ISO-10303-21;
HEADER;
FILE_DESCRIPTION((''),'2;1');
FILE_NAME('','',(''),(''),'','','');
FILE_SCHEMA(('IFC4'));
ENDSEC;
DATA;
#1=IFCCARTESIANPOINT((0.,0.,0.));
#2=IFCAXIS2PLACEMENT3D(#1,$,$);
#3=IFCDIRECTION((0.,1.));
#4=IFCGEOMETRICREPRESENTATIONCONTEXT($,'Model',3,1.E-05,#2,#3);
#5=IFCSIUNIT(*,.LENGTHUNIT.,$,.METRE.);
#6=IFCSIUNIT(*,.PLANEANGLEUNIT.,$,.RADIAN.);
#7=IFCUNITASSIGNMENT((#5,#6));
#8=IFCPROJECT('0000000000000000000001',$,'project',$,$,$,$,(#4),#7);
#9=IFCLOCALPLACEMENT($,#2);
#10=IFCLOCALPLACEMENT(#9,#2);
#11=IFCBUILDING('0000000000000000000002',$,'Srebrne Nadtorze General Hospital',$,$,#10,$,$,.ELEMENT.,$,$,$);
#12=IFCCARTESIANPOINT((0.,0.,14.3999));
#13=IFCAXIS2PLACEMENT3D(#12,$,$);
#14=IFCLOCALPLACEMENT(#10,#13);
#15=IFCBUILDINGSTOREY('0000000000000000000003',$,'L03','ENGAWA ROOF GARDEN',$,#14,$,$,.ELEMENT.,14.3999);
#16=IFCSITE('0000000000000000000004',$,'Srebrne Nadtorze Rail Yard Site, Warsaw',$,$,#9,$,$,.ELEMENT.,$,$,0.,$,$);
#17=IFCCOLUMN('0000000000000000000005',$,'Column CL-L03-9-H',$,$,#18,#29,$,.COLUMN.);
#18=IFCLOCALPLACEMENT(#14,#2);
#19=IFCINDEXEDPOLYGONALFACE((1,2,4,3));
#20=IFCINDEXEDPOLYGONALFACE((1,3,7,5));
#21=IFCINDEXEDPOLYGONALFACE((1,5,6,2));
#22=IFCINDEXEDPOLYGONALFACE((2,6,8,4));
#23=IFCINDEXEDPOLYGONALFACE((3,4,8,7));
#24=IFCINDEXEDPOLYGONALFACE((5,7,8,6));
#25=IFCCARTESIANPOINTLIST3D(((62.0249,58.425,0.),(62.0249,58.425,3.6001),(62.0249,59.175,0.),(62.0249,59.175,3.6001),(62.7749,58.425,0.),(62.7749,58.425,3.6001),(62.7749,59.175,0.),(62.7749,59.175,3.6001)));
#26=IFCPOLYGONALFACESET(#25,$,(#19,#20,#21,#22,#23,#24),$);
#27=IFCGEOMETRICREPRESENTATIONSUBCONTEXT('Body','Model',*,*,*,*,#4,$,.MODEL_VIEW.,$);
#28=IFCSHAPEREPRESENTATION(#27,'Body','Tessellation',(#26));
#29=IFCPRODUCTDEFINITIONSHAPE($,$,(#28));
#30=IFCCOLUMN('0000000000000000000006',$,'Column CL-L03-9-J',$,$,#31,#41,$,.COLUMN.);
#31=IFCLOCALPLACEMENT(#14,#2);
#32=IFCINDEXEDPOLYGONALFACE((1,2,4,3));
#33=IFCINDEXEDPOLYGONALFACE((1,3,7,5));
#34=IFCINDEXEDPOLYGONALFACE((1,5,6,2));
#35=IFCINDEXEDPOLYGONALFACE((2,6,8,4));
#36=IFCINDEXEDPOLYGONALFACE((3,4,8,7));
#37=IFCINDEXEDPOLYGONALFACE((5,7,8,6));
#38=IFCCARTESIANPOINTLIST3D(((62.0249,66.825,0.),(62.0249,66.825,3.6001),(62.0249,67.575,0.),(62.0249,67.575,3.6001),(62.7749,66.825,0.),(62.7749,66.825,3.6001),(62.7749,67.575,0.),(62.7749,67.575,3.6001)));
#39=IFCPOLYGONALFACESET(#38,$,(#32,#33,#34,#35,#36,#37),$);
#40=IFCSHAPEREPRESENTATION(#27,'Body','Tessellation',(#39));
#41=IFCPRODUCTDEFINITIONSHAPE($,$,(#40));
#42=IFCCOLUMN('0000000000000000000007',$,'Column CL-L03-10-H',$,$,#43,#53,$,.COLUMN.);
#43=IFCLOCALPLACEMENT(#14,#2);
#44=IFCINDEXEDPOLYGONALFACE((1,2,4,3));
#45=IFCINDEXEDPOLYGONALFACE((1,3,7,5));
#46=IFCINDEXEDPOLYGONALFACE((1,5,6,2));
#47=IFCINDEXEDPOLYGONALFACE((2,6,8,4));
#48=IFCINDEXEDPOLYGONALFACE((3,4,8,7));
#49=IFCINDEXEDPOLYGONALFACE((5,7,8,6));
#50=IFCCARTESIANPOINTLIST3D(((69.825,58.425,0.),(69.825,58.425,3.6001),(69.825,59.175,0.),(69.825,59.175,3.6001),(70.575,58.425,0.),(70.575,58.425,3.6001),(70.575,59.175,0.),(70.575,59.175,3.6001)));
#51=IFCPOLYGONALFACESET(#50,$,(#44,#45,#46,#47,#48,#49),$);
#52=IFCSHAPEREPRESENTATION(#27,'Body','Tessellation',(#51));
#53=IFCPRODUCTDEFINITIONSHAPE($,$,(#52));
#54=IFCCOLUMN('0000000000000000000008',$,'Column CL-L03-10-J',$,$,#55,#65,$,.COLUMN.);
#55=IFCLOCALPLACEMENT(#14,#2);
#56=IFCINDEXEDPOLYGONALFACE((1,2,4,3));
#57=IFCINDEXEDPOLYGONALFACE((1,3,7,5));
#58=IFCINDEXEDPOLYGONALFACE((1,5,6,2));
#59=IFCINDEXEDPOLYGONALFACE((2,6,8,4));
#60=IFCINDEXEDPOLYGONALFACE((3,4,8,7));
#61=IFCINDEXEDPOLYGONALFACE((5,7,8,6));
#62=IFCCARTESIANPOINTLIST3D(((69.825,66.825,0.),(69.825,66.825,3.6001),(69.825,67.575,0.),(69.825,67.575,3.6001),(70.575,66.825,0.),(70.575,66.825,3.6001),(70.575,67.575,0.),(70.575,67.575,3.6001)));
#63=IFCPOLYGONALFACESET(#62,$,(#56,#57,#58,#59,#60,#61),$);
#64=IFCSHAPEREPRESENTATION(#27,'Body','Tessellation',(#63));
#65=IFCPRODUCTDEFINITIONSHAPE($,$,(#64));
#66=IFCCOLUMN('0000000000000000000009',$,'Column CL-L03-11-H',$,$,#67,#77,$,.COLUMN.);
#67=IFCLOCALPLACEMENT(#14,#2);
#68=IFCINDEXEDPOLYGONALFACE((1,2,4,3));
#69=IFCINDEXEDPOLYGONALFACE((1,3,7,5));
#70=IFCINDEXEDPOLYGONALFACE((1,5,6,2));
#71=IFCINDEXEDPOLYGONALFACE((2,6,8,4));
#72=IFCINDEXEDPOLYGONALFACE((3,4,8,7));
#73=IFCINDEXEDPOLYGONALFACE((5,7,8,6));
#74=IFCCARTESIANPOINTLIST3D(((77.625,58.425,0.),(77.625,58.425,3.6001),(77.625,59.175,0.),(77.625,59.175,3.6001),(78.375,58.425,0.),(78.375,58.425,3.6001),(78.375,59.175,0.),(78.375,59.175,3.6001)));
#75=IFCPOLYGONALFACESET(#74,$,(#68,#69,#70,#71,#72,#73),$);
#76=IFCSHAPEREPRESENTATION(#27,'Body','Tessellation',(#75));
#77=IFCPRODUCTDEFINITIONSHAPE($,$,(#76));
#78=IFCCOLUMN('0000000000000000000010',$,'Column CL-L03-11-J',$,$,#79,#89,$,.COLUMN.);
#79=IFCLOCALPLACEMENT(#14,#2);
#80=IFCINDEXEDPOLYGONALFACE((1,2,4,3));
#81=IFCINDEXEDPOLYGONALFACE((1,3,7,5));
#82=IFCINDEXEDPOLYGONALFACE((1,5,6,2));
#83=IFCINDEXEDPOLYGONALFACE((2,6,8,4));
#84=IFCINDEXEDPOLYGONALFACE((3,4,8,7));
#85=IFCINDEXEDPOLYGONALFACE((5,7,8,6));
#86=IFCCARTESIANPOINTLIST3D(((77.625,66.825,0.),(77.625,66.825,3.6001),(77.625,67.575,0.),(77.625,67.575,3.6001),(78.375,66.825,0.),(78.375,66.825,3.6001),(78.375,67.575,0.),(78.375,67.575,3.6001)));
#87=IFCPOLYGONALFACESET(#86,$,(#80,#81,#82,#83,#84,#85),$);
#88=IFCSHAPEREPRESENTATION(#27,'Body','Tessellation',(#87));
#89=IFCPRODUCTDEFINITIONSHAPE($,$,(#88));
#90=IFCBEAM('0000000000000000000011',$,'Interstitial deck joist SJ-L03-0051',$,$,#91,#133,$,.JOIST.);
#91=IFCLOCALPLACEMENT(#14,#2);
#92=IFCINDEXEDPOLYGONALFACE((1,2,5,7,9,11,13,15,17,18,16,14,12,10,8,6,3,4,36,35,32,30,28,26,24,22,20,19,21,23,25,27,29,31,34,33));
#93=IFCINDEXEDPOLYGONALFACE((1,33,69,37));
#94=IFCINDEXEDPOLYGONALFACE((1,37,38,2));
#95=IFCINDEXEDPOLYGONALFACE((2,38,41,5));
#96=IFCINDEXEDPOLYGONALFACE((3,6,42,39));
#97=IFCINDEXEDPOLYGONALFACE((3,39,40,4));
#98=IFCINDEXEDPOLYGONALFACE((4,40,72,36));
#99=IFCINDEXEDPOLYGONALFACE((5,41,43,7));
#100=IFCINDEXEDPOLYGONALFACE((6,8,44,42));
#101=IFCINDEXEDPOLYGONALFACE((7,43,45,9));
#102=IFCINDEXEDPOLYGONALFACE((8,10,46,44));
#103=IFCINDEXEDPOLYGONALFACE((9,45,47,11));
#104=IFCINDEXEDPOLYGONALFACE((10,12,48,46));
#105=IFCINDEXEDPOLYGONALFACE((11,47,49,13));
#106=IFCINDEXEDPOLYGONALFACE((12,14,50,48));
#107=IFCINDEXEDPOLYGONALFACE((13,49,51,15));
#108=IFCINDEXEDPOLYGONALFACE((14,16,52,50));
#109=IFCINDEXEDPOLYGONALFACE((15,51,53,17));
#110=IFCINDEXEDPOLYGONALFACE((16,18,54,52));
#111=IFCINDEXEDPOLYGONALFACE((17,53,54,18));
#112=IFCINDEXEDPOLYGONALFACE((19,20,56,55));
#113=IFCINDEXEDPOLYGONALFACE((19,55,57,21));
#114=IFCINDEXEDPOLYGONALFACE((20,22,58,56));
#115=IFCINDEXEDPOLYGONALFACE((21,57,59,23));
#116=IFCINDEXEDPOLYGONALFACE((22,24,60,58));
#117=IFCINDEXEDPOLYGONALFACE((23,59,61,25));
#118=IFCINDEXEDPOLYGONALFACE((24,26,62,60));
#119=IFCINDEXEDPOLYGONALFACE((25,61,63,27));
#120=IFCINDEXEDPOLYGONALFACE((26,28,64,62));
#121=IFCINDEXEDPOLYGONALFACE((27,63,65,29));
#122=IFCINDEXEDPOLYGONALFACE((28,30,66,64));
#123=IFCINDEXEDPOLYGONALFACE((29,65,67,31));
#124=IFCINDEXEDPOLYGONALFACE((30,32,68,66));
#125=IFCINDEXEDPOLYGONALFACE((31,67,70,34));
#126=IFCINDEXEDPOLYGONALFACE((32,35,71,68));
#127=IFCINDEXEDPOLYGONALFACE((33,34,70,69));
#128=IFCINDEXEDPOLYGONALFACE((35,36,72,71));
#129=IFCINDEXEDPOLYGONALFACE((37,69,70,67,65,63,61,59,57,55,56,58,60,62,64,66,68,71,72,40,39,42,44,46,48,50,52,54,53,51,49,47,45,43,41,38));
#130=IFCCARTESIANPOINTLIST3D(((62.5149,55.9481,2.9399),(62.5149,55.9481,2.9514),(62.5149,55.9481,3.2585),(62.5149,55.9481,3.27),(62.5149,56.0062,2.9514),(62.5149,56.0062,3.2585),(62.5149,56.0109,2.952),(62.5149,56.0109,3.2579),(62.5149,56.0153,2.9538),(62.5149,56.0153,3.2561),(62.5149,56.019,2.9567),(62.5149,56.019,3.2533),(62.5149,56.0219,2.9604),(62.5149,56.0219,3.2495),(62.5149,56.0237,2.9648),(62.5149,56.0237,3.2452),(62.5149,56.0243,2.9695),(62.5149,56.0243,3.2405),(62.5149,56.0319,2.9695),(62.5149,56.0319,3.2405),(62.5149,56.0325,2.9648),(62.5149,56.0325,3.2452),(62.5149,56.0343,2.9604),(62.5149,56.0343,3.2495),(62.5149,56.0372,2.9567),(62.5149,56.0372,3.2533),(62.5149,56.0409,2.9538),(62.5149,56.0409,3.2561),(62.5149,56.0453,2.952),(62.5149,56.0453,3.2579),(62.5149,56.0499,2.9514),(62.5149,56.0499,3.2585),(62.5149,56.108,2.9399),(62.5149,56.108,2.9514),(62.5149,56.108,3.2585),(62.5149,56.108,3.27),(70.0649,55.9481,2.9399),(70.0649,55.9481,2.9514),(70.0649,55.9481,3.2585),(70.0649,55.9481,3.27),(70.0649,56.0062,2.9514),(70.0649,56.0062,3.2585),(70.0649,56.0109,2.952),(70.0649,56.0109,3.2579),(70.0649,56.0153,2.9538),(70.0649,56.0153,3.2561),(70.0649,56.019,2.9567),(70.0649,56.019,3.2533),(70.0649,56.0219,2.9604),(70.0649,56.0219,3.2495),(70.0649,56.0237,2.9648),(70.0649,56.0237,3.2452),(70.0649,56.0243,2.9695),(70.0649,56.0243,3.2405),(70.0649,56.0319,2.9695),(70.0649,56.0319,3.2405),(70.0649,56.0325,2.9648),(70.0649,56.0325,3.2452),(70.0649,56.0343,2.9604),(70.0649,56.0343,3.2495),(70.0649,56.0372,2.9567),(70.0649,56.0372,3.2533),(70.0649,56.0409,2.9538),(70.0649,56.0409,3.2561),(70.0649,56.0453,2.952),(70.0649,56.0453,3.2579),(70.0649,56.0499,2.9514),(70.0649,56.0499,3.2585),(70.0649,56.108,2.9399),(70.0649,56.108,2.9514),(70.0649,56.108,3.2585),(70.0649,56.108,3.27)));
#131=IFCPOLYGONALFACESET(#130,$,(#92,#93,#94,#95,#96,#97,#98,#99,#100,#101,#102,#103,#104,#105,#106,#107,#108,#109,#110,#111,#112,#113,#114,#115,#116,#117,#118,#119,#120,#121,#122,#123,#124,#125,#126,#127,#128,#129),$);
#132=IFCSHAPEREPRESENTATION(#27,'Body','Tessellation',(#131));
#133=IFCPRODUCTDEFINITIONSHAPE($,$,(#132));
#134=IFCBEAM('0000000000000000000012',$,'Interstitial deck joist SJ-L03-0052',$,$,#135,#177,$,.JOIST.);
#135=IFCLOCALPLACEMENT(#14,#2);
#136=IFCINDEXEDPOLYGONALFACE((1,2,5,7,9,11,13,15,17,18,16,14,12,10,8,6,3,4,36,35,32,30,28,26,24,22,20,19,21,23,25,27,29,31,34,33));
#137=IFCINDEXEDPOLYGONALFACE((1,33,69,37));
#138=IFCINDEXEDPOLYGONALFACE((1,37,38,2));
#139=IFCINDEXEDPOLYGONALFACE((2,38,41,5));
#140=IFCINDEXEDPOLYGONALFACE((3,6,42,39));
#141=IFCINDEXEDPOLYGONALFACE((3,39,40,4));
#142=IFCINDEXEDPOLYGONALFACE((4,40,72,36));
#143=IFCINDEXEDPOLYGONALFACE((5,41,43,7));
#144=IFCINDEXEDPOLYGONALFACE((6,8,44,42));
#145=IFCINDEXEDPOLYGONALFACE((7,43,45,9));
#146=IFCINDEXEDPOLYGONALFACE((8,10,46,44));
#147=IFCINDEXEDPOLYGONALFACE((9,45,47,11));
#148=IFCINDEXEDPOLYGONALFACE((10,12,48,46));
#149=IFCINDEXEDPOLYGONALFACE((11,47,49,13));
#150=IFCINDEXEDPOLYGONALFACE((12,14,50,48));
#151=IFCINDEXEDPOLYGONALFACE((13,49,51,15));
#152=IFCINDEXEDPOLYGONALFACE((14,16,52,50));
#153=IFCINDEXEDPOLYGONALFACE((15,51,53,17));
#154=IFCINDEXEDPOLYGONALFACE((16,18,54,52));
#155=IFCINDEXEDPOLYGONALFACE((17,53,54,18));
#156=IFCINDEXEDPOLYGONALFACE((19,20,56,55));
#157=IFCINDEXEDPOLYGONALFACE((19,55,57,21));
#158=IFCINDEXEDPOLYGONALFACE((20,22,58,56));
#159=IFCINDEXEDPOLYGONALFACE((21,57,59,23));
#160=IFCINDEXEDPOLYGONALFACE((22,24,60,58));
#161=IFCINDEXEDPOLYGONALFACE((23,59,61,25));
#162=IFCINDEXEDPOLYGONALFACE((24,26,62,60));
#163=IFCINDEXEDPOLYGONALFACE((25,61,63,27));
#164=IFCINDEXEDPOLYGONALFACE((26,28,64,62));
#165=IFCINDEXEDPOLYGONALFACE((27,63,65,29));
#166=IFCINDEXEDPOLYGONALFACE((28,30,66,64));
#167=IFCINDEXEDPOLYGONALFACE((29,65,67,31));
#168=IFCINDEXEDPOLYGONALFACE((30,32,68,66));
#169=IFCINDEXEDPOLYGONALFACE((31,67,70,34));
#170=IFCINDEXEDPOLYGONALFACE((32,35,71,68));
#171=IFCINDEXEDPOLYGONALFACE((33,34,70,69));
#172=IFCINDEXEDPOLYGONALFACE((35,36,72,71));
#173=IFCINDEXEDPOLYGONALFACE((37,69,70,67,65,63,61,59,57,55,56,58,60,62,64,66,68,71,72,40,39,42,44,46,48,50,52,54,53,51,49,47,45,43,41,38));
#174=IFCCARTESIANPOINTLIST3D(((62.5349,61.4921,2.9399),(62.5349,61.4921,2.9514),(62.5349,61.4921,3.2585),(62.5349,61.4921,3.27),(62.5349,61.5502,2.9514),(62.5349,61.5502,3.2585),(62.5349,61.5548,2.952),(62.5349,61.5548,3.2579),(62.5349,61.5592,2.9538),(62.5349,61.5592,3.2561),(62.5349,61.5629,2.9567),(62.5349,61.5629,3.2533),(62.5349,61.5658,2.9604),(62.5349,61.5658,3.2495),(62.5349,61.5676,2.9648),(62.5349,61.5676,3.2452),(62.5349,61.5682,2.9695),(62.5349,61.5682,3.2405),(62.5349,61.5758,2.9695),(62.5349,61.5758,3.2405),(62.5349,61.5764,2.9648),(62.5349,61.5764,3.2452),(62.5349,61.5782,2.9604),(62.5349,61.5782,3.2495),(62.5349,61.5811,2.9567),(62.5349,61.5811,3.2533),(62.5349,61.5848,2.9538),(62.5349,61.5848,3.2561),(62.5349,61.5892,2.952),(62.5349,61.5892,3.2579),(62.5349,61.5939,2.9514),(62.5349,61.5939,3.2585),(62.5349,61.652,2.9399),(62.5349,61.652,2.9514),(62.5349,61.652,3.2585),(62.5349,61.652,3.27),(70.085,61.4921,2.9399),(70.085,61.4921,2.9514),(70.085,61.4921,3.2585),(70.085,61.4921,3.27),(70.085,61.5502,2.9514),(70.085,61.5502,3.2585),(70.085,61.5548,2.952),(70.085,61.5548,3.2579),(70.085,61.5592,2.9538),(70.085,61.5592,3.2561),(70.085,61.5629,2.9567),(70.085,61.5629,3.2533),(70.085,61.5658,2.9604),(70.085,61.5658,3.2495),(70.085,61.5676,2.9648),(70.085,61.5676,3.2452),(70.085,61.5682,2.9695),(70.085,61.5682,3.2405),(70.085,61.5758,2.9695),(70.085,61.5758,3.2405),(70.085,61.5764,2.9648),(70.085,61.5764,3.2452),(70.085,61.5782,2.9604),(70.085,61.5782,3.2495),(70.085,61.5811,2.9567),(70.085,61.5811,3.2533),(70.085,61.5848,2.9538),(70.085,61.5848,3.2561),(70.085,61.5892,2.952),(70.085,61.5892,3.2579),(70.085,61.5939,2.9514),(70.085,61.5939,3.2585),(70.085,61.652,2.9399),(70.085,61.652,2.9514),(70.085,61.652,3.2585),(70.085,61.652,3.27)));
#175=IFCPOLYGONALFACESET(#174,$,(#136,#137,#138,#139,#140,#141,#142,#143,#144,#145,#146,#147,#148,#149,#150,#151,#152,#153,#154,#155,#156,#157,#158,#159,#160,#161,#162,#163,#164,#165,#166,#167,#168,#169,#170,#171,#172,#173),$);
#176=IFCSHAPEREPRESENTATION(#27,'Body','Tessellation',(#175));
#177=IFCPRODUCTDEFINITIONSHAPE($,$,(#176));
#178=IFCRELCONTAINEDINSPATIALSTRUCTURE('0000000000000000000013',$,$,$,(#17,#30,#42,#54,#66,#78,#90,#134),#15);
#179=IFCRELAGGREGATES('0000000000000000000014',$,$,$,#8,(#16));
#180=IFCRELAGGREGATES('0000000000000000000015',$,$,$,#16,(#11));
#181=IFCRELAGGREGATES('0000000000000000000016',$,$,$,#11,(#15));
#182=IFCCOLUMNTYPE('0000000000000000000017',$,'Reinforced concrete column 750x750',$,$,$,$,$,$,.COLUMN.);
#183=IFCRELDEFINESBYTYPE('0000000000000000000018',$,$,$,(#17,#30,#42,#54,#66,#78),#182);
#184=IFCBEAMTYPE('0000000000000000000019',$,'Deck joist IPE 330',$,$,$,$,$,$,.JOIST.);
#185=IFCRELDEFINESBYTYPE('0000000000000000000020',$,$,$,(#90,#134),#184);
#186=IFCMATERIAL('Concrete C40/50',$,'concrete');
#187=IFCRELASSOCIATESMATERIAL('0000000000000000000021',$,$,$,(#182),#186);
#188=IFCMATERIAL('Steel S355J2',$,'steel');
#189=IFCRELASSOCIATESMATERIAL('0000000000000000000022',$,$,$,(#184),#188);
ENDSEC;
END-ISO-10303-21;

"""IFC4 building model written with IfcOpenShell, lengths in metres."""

from ifc_helpers import new_model, si_unit, direction, frame, origin, origin_2d, place, context, subcontext, project, spatial, rectangle, i_section, extrude, material, material_profile, profile_set, type_object, element, save


model = new_model("IFC4")

# Units and contexts
model_context = context("Model", 3, precision=1e-05, world=origin(), true_north=direction((0.0, 1.0)))
body_context = subcontext(model_context, "Body", "Model", "MODEL_VIEW")
ifc_project = project(units=[si_unit("LENGTHUNIT", "METRE"), si_unit("PLANEANGLEUNIT", "RADIAN")], contexts=[model_context])

# Site, building, storey
site_placement = place(None, origin())
site = spatial("IfcSite", under=ifc_project, at=site_placement, Name="Srebrne Nadtorze Rail Yard Site, Warsaw", CompositionType="ELEMENT", RefElevation=0.0)
building_placement = place(site_placement, origin())
building = spatial("IfcBuilding", under=site, at=building_placement, Name="Srebrne Nadtorze General Hospital", CompositionType="ELEMENT")
storey_placement = place(building_placement, frame((0.0, 0.0, 14.3999)))
storey = spatial("IfcBuildingStorey", under=building, at=storey_placement, Name="L03", Description="ENGAWA ROOF GARDEN", CompositionType="ELEMENT", Elevation=14.3999)

# Columns
ifc_material_1 = material(Name="Concrete C40/50", Category="concrete")
ifc_material_profile_1 = material_profile(ifc_material_1, rectangle(XDim=0.75, YDim=0.75, at=origin_2d()), Name="RC-COL-750x750")
ifc_profile_set_1 = profile_set([ifc_material_profile_1], Name="Concrete C40/50")
column_type = type_object("IfcColumnType", Name="Reinforced concrete column 750x750", PredefinedType="COLUMN", material=ifc_profile_set_1)
for number, where, z_axis, x_axis, name in (
    (1, (62.3999, 58.8, 0.0), (0.0, 0.0, 1.0), (1.0, 0.0, 0.0), "Column CL-L03-9-H"),
    (2, (62.3999, 67.2, 0.0), (0.0, 0.0, 1.0), (1.0, 0.0, 0.0), "Column CL-L03-9-J"),
    (3, (70.2, 58.8, 0.0), (0.0, 0.0, 1.0), (1.0, 0.0, 0.0), "Column CL-L03-10-H"),
    (4, (70.2, 67.2, 0.0), (0.0, 0.0, 1.0), (1.0, 0.0, 0.0), "Column CL-L03-10-J"),
    (5, (78.0, 58.8, 0.0), (0.0, 0.0, 1.0), (1.0, 0.0, 0.0), "Column CL-L03-11-H"),
    (6, (78.0, 67.2, 0.0), (0.0, 0.0, 1.0), (1.0, 0.0, 0.0), "Column CL-L03-11-J"),
):
    element("IfcColumn", number, at=place(storey_placement, frame(where, z_axis=z_axis, x_axis=x_axis)), inside=storey, type_object=column_type, Name=name, PredefinedType="COLUMN", context=body_context, shape_type="SweptSolid", body=[
        extrude(rectangle(XDim=0.75, YDim=0.75, at=origin_2d()), origin(), (0.0, 0.0, 1.0), 3.6001),
    ])

# Beams
ifc_material_2 = material(Name="Steel S355J2", Category="steel")
ifc_material_profile_2 = material_profile(ifc_material_2, i_section(OverallWidth=0.1599, OverallDepth=0.3301, WebThickness=0.0076, FlangeThickness=0.0115, FilletRadius=0.0181, at=origin_2d()), Name="IPE-330")
ifc_profile_set_2 = profile_set([ifc_material_profile_2], Name="Steel S355J2")
beam_type_1 = type_object("IfcBeamType", Name="Deck joist IPE 330", PredefinedType="JOIST", material=ifc_profile_set_2)
for number, where, z_axis, x_axis, name in (
    (7, (62.5149, 56.0281, 3.105), (1.0, 0.0, 0.0), (0.0, 1.0, 0.0), "Interstitial deck joist SJ-L03-0051"),
    (8, (62.5349, 61.572, 3.105), (1.0, 0.0, 0.0), (0.0, 1.0, 0.0), "Interstitial deck joist SJ-L03-0052"),
):
    element("IfcBeam", number, at=place(storey_placement, frame(where, z_axis=z_axis, x_axis=x_axis)), inside=storey, type_object=beam_type_1, Name=name, PredefinedType="JOIST", context=body_context, shape_type="SweptSolid", body=[
        extrude(i_section(OverallWidth=0.1599, OverallDepth=0.3301, WebThickness=0.0076, FlangeThickness=0.0115, FilletRadius=0.0181, at=origin_2d()), origin(), (0.0, 0.0, 1.0), 7.55),
    ])

save(model, "model.ifc")
